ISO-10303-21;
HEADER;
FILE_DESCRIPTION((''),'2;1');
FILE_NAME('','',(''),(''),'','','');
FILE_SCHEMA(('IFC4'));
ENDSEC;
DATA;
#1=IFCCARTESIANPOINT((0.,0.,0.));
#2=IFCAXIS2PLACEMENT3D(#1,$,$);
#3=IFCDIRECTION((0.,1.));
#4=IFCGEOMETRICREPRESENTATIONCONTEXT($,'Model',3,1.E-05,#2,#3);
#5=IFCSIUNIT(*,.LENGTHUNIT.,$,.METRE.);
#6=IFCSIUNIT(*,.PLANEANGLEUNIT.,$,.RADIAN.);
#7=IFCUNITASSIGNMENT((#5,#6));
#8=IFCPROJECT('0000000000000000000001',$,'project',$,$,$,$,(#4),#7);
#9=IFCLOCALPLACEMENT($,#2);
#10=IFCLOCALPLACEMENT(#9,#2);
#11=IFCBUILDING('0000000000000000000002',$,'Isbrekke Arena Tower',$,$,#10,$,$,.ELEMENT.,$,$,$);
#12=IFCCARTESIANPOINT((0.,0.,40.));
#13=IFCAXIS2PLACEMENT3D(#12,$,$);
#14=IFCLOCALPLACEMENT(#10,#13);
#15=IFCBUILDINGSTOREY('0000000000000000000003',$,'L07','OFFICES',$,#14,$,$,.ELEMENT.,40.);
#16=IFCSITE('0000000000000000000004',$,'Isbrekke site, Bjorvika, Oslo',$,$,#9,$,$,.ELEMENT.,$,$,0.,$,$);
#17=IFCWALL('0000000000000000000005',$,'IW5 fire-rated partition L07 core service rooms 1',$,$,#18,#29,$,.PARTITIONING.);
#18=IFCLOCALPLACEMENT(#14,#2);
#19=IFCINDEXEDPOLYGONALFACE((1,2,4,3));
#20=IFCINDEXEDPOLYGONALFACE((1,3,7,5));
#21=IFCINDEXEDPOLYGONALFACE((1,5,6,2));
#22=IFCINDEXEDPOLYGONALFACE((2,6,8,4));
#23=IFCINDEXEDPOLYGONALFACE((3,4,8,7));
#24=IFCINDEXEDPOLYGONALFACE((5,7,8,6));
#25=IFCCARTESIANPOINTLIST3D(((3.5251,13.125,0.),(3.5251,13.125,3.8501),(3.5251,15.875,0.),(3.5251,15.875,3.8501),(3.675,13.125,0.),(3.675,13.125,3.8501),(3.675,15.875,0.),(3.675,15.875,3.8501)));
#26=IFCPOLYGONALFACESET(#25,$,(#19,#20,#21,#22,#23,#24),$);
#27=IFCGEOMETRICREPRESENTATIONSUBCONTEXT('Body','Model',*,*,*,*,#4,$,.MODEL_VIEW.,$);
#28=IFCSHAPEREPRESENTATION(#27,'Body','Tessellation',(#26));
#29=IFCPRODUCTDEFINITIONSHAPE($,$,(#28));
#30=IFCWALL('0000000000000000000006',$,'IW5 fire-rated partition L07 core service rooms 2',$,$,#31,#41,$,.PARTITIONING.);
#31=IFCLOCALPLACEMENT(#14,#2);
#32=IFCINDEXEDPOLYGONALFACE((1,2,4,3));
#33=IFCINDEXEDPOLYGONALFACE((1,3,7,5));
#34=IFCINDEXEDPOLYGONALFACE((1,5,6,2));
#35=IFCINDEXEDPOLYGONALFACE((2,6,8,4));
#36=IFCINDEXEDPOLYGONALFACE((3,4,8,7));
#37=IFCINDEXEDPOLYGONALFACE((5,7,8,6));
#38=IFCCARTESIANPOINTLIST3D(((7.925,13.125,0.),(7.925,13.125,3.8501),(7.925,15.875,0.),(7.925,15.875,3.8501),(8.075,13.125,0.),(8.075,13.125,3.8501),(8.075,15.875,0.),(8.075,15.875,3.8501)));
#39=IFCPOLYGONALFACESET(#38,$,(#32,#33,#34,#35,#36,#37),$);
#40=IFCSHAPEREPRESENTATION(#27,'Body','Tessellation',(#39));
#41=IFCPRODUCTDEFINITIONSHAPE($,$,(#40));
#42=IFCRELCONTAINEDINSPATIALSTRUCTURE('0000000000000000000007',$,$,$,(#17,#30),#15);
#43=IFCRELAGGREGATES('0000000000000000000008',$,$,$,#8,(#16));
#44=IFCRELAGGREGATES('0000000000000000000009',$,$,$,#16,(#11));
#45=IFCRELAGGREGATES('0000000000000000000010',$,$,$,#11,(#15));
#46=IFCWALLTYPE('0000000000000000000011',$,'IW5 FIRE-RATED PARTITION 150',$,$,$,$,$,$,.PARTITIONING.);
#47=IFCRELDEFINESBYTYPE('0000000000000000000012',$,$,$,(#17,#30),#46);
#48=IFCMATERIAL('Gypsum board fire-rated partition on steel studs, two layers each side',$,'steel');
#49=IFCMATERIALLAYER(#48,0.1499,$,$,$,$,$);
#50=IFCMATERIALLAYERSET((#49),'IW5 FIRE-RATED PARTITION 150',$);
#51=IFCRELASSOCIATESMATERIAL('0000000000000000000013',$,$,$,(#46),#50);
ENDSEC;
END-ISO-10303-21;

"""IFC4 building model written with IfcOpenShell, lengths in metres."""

from ifc_helpers import new_model, si_unit, direction, frame, frame_2d, origin, place, context, subcontext, project, spatial, rectangle, extrude, material, layer, layer_set, type_object, element, save


model = new_model("IFC4")

# Units and contexts
model_context = context("Model", 3, precision=1e-05, world=origin(), true_north=direction((0.0, 1.0)))
body_context = subcontext(model_context, "Body", "Model", "MODEL_VIEW")
ifc_project = project(units=[si_unit("LENGTHUNIT", "METRE"), si_unit("PLANEANGLEUNIT", "RADIAN")], contexts=[model_context])

# Site, building, storey
site_placement = place(None, origin())
site = spatial("IfcSite", under=ifc_project, at=site_placement, Name="Isbrekke site, Bjorvika, Oslo", CompositionType="ELEMENT", RefElevation=0.0)
building_placement = place(site_placement, origin())
building = spatial("IfcBuilding", under=site, at=building_placement, Name="Isbrekke Arena Tower", CompositionType="ELEMENT")
storey_placement = place(building_placement, frame((0.0, 0.0, 40.0)))
storey = spatial("IfcBuildingStorey", under=building, at=storey_placement, Name="L07", Description="OFFICES", CompositionType="ELEMENT", Elevation=40.0)

# Walls
ifc_material_1 = material(Name="Gypsum board fire-rated partition on steel studs, two layers each side", Category="steel")
ifc_layer_1 = layer(ifc_material_1, 0.1499)
ifc_layer_set_1 = layer_set([ifc_layer_1], Name="IW5 FIRE-RATED PARTITION 150")
wall_type_1 = type_object("IfcWallType", Name="IW5 FIRE-RATED PARTITION 150", PredefinedType="PARTITIONING", material=ifc_layer_set_1)
for number, where, z_axis, x_axis, name in (
    (1, (3.6001, 13.125, 0.0), (0.0, 0.0, 1.0), (0.0, 1.0, 0.0), "IW5 fire-rated partition L07 core service rooms 1"),
    (2, (8.0, 13.125, 0.0), (0.0, 0.0, 1.0), (0.0, 1.0, 0.0), "IW5 fire-rated partition L07 core service rooms 2"),
):
    element("IfcWall", number, at=place(storey_placement, frame(where, z_axis=z_axis, x_axis=x_axis)), inside=storey, type_object=wall_type_1, Name=name, PredefinedType="PARTITIONING", context=body_context, shape_type="SweptSolid", body=[
        extrude(rectangle(XDim=2.75, YDim=0.1499, at=frame_2d((1.375, 0.0))), origin(), (0.0, 0.0, 1.0), 3.8501),
    ])

save(model, "model.ifc")
